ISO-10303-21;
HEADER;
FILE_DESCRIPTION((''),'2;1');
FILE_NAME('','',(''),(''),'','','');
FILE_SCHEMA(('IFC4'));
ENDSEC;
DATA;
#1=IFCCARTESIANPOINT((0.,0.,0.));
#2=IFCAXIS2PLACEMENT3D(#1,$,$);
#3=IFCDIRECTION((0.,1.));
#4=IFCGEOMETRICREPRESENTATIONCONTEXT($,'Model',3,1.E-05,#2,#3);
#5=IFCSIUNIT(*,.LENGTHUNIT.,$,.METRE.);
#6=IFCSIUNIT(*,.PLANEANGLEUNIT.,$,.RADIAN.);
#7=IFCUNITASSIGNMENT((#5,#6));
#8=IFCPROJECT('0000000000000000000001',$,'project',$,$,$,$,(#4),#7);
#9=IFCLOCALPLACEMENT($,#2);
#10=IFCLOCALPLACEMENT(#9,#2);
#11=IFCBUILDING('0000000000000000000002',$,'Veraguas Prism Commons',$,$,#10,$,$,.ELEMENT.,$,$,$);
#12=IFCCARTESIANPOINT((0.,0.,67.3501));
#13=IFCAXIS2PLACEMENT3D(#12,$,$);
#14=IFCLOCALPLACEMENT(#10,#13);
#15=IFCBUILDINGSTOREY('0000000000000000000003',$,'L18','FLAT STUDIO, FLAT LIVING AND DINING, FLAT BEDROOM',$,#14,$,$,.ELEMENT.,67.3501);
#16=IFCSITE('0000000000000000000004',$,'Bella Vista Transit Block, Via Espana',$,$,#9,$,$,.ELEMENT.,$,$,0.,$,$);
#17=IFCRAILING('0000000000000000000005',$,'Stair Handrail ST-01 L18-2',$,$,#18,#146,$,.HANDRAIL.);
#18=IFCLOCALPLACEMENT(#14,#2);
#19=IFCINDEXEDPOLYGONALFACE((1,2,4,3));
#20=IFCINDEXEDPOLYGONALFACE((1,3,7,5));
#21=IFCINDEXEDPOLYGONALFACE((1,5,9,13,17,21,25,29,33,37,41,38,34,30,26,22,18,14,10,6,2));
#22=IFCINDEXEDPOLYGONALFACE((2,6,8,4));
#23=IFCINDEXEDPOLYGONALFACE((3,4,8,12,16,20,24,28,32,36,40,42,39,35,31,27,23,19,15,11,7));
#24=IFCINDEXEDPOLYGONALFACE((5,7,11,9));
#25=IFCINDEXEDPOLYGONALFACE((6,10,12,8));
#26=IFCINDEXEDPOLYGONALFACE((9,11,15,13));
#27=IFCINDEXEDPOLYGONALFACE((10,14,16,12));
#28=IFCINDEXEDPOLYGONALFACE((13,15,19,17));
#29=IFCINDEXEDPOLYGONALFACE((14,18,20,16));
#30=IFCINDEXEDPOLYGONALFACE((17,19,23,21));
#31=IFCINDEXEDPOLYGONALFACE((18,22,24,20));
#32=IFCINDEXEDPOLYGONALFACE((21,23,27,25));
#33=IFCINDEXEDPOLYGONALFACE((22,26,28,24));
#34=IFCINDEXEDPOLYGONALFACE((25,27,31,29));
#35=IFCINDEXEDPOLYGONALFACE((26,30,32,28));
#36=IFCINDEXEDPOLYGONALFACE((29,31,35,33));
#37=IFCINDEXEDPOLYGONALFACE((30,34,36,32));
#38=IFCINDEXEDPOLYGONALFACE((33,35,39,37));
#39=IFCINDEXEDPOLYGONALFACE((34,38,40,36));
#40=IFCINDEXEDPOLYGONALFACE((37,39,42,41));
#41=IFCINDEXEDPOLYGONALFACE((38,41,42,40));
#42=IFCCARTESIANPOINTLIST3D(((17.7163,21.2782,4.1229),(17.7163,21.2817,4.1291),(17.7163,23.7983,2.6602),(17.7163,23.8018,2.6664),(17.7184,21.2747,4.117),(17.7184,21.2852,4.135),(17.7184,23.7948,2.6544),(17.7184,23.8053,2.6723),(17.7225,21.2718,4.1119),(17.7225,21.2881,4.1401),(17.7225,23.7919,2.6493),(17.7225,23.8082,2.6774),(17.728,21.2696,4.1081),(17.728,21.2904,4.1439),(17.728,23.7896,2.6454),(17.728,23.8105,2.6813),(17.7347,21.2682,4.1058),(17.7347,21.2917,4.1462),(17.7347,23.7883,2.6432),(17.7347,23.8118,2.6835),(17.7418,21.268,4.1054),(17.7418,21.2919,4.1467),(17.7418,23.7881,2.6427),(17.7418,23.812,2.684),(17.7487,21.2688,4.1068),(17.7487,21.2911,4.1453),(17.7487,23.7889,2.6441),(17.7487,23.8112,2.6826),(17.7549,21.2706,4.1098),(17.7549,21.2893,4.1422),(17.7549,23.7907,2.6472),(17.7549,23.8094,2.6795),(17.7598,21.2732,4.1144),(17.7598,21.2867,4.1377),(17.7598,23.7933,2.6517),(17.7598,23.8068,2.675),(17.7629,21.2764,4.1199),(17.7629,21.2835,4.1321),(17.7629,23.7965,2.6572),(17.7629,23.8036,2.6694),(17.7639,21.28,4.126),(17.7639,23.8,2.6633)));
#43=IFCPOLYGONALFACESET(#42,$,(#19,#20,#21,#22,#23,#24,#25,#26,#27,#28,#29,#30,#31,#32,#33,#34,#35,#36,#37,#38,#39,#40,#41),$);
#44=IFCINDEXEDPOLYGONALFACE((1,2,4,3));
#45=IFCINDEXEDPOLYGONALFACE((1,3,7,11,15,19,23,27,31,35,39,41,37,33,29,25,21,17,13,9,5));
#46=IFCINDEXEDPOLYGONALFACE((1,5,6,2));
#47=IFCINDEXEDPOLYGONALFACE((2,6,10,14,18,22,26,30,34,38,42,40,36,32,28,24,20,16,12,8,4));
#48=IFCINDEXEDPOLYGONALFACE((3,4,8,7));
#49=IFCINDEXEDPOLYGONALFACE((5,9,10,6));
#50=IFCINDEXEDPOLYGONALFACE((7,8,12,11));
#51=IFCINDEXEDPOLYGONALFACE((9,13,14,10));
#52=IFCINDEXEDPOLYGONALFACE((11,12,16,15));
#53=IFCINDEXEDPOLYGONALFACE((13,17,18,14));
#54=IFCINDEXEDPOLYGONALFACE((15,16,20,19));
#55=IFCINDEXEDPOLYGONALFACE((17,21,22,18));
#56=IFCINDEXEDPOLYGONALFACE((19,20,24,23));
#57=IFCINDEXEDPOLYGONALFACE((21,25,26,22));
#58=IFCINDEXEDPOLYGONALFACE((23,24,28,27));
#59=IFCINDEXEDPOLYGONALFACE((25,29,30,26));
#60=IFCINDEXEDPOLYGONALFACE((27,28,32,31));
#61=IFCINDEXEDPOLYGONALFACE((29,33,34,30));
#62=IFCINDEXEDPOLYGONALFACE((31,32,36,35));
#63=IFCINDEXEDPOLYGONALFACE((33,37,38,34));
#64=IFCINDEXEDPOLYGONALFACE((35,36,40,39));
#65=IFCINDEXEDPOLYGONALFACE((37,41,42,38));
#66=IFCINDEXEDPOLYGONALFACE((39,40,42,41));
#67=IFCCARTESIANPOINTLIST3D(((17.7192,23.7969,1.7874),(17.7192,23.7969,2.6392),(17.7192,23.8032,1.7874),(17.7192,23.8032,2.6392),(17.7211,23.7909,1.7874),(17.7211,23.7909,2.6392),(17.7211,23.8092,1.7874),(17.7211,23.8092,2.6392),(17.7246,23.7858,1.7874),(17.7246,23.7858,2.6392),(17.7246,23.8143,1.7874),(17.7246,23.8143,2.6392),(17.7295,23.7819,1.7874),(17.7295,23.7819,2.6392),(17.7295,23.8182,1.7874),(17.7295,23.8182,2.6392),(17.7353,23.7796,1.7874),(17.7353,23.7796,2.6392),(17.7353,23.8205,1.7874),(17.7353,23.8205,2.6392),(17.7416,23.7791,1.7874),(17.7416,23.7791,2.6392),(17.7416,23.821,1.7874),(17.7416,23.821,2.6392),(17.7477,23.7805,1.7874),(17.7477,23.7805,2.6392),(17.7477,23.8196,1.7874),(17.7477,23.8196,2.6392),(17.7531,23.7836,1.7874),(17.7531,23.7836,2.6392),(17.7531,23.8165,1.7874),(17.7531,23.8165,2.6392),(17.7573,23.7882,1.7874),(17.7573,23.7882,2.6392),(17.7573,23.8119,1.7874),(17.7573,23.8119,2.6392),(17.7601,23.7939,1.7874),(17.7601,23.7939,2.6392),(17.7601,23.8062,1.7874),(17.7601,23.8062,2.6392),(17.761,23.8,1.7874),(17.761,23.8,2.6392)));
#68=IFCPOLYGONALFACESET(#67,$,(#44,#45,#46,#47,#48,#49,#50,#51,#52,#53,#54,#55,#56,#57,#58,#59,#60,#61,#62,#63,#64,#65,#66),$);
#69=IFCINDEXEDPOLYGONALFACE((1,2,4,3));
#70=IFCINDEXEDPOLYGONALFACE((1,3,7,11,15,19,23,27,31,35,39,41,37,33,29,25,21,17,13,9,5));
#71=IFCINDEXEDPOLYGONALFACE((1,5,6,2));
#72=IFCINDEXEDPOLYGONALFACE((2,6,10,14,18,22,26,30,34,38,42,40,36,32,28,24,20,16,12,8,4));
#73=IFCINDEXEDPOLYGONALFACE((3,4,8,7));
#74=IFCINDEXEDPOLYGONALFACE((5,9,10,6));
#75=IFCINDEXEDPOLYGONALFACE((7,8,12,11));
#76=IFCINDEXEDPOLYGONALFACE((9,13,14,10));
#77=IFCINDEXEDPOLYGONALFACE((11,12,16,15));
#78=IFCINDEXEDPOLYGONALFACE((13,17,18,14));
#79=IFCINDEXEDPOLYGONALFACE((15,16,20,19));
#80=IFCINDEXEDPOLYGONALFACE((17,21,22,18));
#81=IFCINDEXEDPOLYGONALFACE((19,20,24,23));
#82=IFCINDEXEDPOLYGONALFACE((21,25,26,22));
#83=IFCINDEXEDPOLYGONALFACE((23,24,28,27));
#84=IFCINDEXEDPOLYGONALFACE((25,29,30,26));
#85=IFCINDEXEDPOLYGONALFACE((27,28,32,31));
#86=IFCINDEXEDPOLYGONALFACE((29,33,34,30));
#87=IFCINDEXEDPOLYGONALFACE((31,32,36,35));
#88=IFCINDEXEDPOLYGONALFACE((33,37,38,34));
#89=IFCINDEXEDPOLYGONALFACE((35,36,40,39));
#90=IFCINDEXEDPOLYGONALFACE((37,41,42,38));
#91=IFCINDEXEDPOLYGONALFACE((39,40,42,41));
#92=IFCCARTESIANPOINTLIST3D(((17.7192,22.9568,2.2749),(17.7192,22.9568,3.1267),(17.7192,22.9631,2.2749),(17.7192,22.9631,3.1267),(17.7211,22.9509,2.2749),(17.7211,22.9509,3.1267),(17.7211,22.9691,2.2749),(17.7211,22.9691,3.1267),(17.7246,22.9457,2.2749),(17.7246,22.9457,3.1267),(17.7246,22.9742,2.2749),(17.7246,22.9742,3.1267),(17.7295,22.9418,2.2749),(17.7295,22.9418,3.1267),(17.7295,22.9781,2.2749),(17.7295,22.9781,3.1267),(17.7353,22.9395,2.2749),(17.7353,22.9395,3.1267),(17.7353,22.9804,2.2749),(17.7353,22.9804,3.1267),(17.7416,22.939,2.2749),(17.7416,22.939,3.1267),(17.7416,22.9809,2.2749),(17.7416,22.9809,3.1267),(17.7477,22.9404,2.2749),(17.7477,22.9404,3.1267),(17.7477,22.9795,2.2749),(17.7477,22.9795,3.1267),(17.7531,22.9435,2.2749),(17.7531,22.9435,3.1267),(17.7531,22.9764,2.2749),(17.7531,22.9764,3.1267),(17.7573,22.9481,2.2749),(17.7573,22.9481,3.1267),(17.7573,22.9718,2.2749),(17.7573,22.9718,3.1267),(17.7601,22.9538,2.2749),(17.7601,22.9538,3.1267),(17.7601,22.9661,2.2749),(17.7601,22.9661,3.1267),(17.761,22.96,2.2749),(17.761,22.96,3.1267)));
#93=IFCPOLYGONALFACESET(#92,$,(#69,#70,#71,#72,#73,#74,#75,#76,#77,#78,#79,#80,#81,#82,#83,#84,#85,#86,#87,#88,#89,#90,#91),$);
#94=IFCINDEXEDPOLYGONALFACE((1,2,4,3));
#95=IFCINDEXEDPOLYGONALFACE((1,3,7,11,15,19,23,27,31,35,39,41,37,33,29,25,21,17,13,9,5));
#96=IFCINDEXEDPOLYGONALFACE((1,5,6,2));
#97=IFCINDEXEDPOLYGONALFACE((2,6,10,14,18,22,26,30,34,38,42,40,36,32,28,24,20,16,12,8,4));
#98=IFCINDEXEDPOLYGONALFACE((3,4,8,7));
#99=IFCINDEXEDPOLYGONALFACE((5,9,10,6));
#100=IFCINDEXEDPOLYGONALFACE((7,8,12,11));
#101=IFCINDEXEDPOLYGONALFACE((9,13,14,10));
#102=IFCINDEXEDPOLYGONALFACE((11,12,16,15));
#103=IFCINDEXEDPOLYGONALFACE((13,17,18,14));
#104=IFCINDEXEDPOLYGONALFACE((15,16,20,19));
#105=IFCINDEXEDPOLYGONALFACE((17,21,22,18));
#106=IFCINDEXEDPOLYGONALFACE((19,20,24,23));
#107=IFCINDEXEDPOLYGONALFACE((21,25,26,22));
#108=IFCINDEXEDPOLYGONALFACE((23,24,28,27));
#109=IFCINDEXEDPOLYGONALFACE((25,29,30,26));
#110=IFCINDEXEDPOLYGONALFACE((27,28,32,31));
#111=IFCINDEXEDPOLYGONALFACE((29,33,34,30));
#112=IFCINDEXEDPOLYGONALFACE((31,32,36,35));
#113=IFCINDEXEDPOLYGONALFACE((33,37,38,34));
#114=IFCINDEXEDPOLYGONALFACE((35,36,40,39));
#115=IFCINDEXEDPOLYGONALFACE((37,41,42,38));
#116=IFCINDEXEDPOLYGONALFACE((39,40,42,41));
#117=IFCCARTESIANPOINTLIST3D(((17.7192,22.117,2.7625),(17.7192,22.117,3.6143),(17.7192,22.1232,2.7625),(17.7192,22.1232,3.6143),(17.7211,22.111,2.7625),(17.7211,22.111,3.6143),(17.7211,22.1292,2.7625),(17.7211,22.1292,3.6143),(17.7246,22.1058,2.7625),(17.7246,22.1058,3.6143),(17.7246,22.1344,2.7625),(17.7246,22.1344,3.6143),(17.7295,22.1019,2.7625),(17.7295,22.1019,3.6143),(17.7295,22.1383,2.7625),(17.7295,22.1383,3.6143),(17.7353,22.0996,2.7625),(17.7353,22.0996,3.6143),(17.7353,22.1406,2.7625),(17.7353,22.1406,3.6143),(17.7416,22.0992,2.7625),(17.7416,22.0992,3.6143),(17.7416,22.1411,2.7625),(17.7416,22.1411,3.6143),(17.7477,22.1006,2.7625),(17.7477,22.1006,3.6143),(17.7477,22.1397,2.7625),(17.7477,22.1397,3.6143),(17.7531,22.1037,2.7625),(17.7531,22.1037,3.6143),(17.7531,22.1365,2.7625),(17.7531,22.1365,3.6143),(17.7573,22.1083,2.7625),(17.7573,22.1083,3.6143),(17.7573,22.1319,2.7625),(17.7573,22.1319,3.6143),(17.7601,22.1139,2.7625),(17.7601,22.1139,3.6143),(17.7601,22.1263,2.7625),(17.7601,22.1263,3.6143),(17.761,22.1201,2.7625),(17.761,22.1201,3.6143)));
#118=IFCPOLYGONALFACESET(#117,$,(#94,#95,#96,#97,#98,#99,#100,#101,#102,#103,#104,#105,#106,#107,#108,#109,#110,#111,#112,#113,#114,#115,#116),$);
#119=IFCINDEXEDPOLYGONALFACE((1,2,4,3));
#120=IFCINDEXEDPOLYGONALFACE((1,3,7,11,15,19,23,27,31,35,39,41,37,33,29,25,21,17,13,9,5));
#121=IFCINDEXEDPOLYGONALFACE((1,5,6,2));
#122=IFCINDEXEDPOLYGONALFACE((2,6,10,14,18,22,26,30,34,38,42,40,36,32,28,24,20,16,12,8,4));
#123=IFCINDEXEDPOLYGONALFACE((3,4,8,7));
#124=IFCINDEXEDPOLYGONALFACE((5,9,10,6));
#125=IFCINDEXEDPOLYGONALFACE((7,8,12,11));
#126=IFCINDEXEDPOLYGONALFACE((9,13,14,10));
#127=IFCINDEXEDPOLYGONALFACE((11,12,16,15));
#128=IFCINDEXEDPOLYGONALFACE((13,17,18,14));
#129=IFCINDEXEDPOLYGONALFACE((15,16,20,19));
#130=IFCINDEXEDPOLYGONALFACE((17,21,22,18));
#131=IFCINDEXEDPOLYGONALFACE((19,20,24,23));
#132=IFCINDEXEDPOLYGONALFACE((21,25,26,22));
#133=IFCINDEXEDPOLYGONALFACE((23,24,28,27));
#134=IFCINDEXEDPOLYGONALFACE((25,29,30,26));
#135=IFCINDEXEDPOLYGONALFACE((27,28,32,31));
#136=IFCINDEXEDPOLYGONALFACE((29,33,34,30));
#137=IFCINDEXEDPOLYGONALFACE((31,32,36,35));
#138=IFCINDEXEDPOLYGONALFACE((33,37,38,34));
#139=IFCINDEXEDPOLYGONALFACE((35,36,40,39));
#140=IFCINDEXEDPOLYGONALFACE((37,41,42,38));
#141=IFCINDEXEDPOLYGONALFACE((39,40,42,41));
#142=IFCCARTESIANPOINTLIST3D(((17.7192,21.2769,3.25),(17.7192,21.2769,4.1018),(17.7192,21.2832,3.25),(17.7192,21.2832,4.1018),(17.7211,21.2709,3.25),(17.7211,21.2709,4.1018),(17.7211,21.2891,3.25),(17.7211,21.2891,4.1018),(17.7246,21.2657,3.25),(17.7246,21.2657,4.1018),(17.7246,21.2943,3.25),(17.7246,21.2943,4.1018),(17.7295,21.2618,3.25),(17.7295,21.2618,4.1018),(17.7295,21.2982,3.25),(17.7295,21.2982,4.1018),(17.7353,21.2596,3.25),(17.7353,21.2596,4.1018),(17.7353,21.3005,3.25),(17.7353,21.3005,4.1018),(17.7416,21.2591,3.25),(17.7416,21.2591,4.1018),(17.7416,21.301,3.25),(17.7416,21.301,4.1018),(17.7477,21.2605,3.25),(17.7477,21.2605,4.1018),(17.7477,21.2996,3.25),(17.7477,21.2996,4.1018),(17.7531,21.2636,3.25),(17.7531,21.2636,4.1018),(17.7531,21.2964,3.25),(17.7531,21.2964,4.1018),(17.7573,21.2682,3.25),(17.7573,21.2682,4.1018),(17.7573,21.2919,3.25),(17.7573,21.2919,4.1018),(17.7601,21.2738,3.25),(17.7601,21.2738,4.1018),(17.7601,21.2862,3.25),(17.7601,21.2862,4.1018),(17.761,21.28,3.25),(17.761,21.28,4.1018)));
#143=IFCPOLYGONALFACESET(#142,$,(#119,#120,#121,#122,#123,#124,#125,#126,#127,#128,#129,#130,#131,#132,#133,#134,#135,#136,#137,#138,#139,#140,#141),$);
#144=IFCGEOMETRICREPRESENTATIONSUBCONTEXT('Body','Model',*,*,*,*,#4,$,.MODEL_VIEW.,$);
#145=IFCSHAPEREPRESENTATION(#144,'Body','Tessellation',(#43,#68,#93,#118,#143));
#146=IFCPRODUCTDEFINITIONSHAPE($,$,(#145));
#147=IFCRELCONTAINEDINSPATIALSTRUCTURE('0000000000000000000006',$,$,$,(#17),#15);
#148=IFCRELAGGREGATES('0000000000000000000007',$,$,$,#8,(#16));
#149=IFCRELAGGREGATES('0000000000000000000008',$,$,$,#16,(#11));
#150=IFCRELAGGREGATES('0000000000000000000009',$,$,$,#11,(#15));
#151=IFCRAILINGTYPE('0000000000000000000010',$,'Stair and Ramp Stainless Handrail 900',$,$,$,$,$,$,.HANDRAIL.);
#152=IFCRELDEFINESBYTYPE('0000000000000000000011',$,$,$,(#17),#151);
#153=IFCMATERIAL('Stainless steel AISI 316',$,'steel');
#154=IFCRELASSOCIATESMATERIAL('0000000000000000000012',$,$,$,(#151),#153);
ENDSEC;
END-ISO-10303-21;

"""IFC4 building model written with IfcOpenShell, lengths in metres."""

from ifc_helpers import new_model, si_unit, direction, frame, origin, origin_2d, place, context, subcontext, project, spatial, circle, extrude, material, type_object, element, save


model = new_model("IFC4")

# Units and contexts
model_context = context("Model", 3, precision=1e-05, world=origin(), true_north=direction((0.0, 1.0)))
body_context = subcontext(model_context, "Body", "Model", "MODEL_VIEW")
ifc_project = project(units=[si_unit("LENGTHUNIT", "METRE"), si_unit("PLANEANGLEUNIT", "RADIAN")], contexts=[model_context])

# Site, building, storey
site_placement = place(None, origin())
site = spatial("IfcSite", under=ifc_project, at=site_placement, Name="Bella Vista Transit Block, Via Espana", CompositionType="ELEMENT", RefElevation=0.0)
building_placement = place(site_placement, origin())
building = spatial("IfcBuilding", under=site, at=building_placement, Name="Veraguas Prism Commons", CompositionType="ELEMENT")
storey_placement = place(building_placement, frame((0.0, 0.0, 67.3501)))
storey = spatial("IfcBuildingStorey", under=building, at=storey_placement, Name="L18", Description="FLAT STUDIO, FLAT LIVING AND DINING, FLAT BEDROOM", CompositionType="ELEMENT", Elevation=67.3501)

# Railing
ifc_material_1 = material(Name="Stainless steel AISI 316", Category="steel")
railing_type_1 = type_object("IfcRailingType", Name="Stair and Ramp Stainless Handrail 900", PredefinedType="HANDRAIL", material=ifc_material_1)
railing_1_placement = place(storey_placement, frame((17.74, 23.8, 1.7874)))
element("IfcRailing", 1, at=railing_1_placement, inside=storey, type_object=railing_type_1, Name="Stair Handrail ST-01 L18-2", PredefinedType="HANDRAIL", context=body_context, shape_type="SweptSolid", body=[
    extrude(circle(Radius=0.0239, at=origin_2d()), frame((0.0, 0.0, 0.876), z_axis=(0.0, -0.864877, 0.501984), x_axis=(1.0, 0.0, 0.0)), (0.0, 0.0, 1.0), 2.9138),
    extrude(circle(Radius=0.021, at=origin_2d()), origin(), (0.0, 0.0, 1.0), 0.8518),
    extrude(circle(Radius=0.021, at=origin_2d()), frame((0.0, -0.8401, 0.4875)), (0.0, 0.0, 1.0), 0.8518),
    extrude(circle(Radius=0.021, at=origin_2d()), frame((0.0, -1.6799, 0.9751)), (0.0, 0.0, 1.0), 0.8518),
    extrude(circle(Radius=0.021, at=origin_2d()), frame((0.0, -2.52, 1.4626)), (0.0, 0.0, 1.0), 0.8518),
])

save(model, "model.ifc")
